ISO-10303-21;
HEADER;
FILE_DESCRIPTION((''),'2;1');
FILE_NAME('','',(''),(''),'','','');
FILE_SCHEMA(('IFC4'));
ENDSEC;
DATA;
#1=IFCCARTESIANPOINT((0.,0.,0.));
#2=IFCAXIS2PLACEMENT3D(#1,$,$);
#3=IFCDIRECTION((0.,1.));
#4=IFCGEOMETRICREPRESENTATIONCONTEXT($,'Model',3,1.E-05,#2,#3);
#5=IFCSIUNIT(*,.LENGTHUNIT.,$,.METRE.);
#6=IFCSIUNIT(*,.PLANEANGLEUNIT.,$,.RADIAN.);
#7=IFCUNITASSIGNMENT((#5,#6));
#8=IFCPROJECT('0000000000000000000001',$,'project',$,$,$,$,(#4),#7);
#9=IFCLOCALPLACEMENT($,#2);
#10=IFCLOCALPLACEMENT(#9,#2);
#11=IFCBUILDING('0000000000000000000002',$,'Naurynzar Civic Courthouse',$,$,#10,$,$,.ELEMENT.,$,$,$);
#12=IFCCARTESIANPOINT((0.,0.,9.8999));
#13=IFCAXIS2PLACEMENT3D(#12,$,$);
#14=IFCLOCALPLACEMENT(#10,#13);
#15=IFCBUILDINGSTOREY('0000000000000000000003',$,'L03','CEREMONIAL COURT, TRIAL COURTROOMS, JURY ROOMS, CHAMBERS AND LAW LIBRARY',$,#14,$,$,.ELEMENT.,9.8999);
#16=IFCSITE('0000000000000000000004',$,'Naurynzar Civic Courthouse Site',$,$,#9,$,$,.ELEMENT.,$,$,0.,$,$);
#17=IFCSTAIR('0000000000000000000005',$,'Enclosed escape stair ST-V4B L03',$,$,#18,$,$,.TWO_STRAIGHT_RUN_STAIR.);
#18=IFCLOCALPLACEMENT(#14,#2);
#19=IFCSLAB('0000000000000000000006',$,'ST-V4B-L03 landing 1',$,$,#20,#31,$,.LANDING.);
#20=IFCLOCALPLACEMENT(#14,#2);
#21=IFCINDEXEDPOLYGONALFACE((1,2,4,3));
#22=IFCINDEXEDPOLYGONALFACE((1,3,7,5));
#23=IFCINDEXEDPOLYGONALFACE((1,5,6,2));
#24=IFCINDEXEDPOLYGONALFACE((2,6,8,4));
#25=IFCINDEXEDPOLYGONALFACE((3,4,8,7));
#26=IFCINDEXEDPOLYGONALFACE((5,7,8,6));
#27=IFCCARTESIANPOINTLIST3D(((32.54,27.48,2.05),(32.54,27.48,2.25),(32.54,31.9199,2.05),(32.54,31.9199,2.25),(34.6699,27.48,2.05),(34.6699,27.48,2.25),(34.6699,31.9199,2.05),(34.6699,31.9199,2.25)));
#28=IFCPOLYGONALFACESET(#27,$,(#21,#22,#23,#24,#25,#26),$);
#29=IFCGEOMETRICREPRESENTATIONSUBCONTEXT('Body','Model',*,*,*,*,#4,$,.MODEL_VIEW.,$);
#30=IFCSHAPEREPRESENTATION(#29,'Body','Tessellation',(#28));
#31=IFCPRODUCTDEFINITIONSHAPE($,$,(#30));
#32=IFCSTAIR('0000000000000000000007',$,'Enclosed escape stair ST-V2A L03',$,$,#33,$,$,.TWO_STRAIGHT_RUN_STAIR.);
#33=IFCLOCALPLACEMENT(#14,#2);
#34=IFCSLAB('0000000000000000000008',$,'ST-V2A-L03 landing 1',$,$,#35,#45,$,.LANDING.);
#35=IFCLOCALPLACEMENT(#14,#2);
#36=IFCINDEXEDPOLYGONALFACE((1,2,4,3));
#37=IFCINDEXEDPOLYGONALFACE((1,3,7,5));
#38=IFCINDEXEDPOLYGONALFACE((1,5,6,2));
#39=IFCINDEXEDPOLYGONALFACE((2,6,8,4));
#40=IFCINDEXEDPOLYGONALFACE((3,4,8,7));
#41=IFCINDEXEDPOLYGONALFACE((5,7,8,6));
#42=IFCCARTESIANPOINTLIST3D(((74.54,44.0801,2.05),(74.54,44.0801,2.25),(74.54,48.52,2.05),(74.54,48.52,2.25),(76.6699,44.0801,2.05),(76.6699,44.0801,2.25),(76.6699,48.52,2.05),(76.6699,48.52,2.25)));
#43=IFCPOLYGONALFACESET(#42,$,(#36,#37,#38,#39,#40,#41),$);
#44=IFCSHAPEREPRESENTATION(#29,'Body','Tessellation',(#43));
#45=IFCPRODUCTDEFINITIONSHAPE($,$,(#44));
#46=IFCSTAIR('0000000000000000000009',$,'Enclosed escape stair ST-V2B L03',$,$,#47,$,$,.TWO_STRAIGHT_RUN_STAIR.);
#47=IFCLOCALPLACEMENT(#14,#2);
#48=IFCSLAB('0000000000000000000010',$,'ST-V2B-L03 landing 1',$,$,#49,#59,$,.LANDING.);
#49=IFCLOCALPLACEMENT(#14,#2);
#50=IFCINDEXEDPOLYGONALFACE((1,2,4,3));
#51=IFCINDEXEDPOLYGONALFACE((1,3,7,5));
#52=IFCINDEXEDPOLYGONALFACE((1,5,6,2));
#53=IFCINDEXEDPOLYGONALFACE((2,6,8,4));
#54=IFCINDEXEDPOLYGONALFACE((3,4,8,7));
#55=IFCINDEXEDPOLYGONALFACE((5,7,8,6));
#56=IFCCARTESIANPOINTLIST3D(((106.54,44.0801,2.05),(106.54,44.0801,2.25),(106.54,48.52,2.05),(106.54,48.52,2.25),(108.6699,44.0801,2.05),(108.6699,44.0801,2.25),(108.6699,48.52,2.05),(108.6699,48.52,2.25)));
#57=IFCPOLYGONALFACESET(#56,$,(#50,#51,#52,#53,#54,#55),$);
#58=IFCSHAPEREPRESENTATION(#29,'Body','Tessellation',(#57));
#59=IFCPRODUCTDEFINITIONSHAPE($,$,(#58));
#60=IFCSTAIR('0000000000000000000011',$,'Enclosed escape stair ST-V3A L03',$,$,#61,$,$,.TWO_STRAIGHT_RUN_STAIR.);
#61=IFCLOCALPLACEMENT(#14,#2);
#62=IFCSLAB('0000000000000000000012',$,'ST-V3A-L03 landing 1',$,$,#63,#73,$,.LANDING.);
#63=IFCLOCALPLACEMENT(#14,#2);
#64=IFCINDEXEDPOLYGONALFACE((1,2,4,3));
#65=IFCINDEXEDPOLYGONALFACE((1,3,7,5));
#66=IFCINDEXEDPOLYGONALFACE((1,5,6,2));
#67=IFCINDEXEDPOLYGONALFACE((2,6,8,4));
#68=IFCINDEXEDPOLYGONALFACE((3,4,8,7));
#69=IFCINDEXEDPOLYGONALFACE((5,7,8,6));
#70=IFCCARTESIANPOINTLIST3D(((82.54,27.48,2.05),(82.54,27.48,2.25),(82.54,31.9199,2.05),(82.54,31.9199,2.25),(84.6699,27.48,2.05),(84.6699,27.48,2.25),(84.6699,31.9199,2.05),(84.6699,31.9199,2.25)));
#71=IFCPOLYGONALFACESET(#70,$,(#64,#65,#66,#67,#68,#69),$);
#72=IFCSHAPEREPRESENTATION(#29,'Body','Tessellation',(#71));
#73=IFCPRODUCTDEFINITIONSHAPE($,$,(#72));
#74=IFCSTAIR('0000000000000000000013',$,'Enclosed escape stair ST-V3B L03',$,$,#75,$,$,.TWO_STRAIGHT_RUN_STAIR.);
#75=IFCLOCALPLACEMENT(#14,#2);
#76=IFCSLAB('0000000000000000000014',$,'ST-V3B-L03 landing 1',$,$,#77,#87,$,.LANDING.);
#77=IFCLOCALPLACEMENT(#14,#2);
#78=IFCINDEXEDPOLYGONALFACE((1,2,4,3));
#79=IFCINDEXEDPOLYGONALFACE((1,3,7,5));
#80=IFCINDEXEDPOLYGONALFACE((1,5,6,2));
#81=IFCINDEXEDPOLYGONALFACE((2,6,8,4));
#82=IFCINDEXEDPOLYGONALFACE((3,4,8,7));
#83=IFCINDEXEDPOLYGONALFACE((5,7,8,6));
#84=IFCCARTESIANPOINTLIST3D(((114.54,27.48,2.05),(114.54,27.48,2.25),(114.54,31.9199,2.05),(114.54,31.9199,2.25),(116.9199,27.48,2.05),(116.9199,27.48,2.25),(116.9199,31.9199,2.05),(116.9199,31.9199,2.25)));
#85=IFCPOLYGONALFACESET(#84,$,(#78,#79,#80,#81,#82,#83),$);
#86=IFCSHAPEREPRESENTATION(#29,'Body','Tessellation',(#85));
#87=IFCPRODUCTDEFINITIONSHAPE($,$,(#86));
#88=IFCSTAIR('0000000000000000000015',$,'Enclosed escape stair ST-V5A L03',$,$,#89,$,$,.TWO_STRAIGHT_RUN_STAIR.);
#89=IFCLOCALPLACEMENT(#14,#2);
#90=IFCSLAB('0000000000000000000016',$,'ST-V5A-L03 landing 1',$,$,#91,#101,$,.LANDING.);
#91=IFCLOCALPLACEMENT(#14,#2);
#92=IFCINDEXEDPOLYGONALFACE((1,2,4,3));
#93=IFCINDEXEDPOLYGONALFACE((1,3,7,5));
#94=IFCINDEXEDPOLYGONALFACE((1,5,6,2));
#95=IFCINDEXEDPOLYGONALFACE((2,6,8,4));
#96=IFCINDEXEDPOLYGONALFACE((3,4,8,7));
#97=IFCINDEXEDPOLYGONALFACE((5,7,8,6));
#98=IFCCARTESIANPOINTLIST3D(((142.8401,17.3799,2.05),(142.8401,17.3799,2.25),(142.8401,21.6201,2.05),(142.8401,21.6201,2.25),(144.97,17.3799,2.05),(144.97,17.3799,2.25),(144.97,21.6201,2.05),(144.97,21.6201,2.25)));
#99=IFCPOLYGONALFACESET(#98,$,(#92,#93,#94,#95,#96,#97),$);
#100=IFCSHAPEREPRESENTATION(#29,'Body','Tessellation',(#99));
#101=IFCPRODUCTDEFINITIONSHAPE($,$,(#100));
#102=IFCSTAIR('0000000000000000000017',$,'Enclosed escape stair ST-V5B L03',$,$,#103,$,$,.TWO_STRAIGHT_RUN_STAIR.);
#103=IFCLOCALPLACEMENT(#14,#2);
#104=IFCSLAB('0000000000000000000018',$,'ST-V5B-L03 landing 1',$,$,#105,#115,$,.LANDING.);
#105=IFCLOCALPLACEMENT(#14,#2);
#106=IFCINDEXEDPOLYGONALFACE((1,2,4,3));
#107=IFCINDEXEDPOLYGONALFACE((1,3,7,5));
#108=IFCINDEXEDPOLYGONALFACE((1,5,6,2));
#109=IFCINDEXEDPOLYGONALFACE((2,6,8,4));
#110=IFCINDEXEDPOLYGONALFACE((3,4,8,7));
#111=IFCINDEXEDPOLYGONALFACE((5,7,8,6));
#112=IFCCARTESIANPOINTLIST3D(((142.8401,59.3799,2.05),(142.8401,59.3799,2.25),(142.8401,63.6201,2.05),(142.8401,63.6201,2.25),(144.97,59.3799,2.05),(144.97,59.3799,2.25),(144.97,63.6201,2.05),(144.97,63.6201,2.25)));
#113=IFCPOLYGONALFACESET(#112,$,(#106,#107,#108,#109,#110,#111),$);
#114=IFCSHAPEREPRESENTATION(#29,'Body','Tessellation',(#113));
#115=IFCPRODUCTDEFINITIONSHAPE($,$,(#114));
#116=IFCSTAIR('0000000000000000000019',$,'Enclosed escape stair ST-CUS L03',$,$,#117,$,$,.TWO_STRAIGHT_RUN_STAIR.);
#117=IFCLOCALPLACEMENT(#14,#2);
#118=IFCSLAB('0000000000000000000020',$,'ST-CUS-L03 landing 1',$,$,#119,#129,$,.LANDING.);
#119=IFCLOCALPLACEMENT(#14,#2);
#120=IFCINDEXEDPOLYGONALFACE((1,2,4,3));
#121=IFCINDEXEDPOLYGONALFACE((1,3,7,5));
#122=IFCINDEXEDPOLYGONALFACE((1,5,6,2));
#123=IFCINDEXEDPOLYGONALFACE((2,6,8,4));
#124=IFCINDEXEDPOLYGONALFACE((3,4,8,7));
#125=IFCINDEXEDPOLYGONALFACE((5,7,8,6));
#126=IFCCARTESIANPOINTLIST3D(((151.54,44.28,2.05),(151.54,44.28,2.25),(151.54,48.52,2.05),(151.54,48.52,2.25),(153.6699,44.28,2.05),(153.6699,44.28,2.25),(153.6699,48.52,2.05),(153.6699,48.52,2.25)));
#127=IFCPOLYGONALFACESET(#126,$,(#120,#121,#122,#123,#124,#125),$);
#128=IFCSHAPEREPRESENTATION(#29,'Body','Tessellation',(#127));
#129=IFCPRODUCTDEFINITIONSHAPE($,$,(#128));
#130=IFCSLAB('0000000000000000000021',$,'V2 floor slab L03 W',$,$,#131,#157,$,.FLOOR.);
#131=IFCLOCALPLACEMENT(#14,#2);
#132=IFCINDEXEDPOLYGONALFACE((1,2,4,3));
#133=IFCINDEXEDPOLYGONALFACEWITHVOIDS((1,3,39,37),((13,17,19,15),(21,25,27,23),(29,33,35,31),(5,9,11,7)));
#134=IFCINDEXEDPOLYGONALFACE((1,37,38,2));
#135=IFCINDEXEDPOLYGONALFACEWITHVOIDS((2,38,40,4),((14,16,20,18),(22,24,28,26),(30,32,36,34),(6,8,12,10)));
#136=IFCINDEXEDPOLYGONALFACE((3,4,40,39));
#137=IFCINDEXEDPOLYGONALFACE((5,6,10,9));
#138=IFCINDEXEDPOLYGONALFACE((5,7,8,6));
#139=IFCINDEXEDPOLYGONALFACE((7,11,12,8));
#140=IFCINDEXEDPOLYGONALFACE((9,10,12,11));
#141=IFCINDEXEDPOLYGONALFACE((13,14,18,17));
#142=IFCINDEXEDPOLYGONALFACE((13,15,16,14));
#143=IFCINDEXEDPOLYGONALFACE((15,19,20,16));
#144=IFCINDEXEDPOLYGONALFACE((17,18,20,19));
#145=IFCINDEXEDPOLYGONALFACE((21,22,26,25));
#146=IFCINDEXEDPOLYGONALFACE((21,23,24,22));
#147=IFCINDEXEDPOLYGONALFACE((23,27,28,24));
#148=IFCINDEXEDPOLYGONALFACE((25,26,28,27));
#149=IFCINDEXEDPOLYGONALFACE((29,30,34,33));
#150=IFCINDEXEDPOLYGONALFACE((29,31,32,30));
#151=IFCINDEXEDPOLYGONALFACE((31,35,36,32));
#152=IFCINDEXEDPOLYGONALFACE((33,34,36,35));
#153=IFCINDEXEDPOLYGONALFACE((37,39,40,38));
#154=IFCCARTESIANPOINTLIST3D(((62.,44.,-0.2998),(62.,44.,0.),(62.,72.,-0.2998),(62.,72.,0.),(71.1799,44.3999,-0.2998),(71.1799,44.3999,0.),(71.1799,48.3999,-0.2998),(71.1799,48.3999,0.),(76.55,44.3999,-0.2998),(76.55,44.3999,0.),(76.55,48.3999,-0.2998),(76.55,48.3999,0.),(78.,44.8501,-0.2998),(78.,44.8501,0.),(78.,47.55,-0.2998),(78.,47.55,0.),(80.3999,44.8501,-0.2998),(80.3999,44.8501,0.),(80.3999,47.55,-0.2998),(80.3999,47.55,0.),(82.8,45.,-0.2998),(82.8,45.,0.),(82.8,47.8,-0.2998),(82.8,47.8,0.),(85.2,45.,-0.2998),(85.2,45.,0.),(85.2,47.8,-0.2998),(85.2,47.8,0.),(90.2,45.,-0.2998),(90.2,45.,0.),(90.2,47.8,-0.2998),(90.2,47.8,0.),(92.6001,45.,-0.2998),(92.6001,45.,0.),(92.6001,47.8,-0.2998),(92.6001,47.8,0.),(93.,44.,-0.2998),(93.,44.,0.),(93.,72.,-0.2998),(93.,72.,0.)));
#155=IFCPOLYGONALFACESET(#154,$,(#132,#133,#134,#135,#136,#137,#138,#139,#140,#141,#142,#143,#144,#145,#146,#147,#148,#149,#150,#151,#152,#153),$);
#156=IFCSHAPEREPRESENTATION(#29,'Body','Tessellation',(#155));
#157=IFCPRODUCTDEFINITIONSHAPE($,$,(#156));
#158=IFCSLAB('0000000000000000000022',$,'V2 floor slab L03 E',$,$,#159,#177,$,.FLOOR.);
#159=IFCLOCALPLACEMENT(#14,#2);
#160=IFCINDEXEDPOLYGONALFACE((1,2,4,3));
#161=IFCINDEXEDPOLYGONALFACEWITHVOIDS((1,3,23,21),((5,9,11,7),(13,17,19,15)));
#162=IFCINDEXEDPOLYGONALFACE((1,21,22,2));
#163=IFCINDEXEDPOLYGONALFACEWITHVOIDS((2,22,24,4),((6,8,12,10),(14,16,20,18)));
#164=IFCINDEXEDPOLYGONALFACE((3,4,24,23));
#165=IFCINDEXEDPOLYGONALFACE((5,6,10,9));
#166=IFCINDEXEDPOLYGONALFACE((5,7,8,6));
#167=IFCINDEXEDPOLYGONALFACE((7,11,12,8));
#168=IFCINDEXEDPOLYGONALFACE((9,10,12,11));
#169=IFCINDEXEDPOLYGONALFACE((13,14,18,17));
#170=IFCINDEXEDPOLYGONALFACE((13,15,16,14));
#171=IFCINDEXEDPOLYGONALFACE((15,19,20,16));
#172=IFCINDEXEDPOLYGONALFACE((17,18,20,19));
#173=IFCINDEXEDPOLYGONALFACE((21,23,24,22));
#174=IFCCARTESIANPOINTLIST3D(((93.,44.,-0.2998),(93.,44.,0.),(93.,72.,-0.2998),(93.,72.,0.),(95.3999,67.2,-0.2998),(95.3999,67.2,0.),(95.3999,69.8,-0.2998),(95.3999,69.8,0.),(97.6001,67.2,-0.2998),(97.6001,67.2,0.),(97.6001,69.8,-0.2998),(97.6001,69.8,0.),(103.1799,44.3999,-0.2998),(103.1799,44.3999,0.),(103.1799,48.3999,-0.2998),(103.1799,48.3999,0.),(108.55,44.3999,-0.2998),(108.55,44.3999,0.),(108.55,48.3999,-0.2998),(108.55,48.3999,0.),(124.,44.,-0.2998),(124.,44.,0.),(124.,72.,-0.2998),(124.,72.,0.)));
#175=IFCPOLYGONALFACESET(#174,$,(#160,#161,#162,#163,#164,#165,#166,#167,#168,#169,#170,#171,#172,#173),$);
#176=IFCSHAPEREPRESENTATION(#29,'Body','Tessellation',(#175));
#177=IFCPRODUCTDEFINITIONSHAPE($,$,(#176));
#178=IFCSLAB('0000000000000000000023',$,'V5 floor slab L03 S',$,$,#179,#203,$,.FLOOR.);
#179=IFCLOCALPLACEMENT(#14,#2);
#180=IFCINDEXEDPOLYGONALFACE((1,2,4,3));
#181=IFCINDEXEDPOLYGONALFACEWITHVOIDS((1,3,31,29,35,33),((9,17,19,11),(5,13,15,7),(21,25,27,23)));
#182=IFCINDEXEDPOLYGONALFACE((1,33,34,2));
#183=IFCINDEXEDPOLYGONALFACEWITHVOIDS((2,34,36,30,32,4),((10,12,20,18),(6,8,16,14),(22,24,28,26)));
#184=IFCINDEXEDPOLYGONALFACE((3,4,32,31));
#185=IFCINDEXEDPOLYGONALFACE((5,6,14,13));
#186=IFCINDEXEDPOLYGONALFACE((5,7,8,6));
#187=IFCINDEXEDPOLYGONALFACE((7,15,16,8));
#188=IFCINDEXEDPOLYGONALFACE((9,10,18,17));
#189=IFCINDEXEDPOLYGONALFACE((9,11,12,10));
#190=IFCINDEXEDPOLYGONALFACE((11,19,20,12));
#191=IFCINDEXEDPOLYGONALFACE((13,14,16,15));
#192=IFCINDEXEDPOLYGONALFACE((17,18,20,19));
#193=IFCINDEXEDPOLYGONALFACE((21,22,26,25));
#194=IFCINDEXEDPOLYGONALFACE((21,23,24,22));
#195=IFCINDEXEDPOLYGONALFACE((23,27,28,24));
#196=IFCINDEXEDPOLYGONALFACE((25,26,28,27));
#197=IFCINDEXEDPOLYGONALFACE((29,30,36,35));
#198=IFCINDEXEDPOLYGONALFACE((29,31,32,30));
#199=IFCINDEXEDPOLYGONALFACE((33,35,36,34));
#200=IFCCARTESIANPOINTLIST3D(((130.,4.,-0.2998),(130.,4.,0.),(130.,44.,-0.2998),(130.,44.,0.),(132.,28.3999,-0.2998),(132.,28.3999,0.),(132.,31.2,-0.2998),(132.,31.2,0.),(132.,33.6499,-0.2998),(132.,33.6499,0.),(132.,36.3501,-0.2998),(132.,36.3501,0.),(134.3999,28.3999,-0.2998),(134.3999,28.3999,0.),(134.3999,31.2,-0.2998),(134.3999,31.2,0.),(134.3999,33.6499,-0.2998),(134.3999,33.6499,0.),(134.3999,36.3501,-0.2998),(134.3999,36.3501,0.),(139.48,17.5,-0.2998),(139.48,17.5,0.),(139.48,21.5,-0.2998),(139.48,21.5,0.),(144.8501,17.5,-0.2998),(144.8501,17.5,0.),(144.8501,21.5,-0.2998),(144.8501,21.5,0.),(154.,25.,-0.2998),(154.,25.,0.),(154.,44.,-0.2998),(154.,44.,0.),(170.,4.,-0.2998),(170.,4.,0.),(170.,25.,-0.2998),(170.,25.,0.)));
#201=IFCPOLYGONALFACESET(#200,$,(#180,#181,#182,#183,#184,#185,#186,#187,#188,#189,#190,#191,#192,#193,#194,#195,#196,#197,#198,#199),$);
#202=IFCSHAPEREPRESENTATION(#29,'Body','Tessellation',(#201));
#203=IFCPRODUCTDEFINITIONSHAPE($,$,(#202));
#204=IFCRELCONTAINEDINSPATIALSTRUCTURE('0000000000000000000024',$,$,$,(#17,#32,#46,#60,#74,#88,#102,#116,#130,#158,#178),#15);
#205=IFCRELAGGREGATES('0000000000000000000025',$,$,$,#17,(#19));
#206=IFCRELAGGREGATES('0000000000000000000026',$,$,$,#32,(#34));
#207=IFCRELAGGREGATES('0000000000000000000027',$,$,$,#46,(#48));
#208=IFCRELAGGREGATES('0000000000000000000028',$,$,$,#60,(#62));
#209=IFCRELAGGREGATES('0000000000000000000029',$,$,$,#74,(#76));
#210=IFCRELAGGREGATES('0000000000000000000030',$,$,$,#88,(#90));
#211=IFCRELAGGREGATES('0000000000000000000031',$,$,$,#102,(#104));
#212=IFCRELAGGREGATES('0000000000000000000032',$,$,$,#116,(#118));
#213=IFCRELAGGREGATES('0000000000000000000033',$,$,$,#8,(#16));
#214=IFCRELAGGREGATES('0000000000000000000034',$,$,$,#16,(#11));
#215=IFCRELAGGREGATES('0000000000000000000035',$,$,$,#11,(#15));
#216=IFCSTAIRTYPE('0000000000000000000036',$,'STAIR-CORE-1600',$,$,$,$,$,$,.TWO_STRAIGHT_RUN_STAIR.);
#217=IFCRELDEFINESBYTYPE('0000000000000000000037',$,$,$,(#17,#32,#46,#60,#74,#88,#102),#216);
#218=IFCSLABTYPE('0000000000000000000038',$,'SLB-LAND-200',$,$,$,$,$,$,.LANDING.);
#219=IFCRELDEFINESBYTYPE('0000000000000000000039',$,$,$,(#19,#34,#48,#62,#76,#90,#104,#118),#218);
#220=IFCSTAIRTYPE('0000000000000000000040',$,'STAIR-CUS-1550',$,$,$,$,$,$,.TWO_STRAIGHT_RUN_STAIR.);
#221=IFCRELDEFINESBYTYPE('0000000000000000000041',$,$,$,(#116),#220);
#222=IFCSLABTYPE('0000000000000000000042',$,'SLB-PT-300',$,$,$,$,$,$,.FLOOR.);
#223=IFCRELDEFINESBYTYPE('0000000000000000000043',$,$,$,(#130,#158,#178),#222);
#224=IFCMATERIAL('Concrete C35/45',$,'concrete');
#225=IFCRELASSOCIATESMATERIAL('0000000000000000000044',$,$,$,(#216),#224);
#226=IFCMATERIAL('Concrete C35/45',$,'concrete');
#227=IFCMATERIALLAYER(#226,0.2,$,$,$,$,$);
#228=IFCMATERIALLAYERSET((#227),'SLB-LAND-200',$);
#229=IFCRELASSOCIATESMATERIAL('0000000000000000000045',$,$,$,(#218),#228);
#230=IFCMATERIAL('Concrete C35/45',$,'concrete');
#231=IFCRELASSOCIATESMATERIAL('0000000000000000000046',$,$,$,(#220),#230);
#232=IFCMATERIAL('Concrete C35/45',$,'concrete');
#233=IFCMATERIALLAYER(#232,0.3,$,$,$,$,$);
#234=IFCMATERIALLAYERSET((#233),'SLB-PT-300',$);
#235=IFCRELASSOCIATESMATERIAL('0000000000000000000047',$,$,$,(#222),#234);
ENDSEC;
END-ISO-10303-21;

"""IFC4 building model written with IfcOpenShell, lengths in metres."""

from ifc_helpers import new_model, si_unit, direction, frame, origin, place, context, subcontext, project, spatial, polyline, outline, extrude, material, layer, layer_set, type_object, element, aggregate, save


model = new_model("IFC4")

# Units and contexts
model_context = context("Model", 3, precision=1e-05, world=origin(), true_north=direction((0.0, 1.0)))
body_context = subcontext(model_context, "Body", "Model", "MODEL_VIEW")
ifc_project = project(units=[si_unit("LENGTHUNIT", "METRE"), si_unit("PLANEANGLEUNIT", "RADIAN")], contexts=[model_context])

# Site, building, storey
site_placement = place(None, origin())
site = spatial("IfcSite", under=ifc_project, at=site_placement, Name="Naurynzar Civic Courthouse Site", CompositionType="ELEMENT", RefElevation=0.0)
building_placement = place(site_placement, origin())
building = spatial("IfcBuilding", under=site, at=building_placement, Name="Naurynzar Civic Courthouse", CompositionType="ELEMENT")
storey_placement = place(building_placement, frame((0.0, 0.0, 9.8999)))
storey = spatial("IfcBuildingStorey", under=building, at=storey_placement, Name="L03", Description="CEREMONIAL COURT, TRIAL COURTROOMS, JURY ROOMS, CHAMBERS AND LAW LIBRARY", CompositionType="ELEMENT", Elevation=9.8999)

# Stairs, slabs
ifc_material_1 = material(Name="Concrete C35/45", Category="concrete")
stair_type_1 = type_object("IfcStairType", Name="STAIR-CORE-1600", PredefinedType="TWO_STRAIGHT_RUN_STAIR", material=ifc_material_1)
ifc_material_2 = material(Name="Concrete C35/45", Category="concrete")
ifc_layer_1 = layer(ifc_material_2, 0.2)
ifc_layer_set_1 = layer_set([ifc_layer_1], Name="SLB-LAND-200")
slab_type_1 = type_object("IfcSlabType", Name="SLB-LAND-200", PredefinedType="LANDING", material=ifc_layer_set_1)
stair_1_placement = place(storey_placement, origin())
stair_1 = element("IfcStair", 1, at=stair_1_placement, inside=storey, type_object=stair_type_1, Name="Enclosed escape stair ST-V4B L03", PredefinedType="TWO_STRAIGHT_RUN_STAIR")
slab_1_placement = place(storey_placement, frame((0.0, 0.0, 2.05)))
slab_1 = element("IfcSlab", 2, at=slab_1_placement, type_object=slab_type_1, Name="ST-V4B-L03 landing 1", PredefinedType="LANDING", context=body_context, shape_type="SweptSolid", body=[
    extrude(outline(polyline([(32.54, 27.48), (34.6699, 27.48), (34.6699, 31.9199), (32.54, 31.9199), (32.54, 27.48)])), origin(), (0.0, 0.0, 1.0), 0.2),
])
aggregate(stair_1, [slab_1])
stair_2_placement = place(storey_placement, origin())
stair_2 = element("IfcStair", 3, at=stair_2_placement, inside=storey, type_object=stair_type_1, Name="Enclosed escape stair ST-V2A L03", PredefinedType="TWO_STRAIGHT_RUN_STAIR")
slab_2_placement = place(storey_placement, frame((0.0, 0.0, 2.05)))
slab_2 = element("IfcSlab", 4, at=slab_2_placement, type_object=slab_type_1, Name="ST-V2A-L03 landing 1", PredefinedType="LANDING", context=body_context, shape_type="SweptSolid", body=[
    extrude(outline(polyline([(74.54, 44.0801), (76.6699, 44.0801), (76.6699, 48.52), (74.54, 48.52), (74.54, 44.0801)])), origin(), (0.0, 0.0, 1.0), 0.2),
])
aggregate(stair_2, [slab_2])
stair_3_placement = place(storey_placement, origin())
stair_3 = element("IfcStair", 5, at=stair_3_placement, inside=storey, type_object=stair_type_1, Name="Enclosed escape stair ST-V2B L03", PredefinedType="TWO_STRAIGHT_RUN_STAIR")
slab_3_placement = place(storey_placement, frame((0.0, 0.0, 2.05)))
slab_3 = element("IfcSlab", 6, at=slab_3_placement, type_object=slab_type_1, Name="ST-V2B-L03 landing 1", PredefinedType="LANDING", context=body_context, shape_type="SweptSolid", body=[
    extrude(outline(polyline([(106.54, 44.0801), (108.6699, 44.0801), (108.6699, 48.52), (106.54, 48.52), (106.54, 44.0801)])), origin(), (0.0, 0.0, 1.0), 0.2),
])
aggregate(stair_3, [slab_3])
stair_4_placement = place(storey_placement, origin())
stair_4 = element("IfcStair", 7, at=stair_4_placement, inside=storey, type_object=stair_type_1, Name="Enclosed escape stair ST-V3A L03", PredefinedType="TWO_STRAIGHT_RUN_STAIR")
slab_4_placement = place(storey_placement, frame((0.0, 0.0, 2.05)))
slab_4 = element("IfcSlab", 8, at=slab_4_placement, type_object=slab_type_1, Name="ST-V3A-L03 landing 1", PredefinedType="LANDING", context=body_context, shape_type="SweptSolid", body=[
    extrude(outline(polyline([(82.54, 27.48), (84.6699, 27.48), (84.6699, 31.9199), (82.54, 31.9199), (82.54, 27.48)])), origin(), (0.0, 0.0, 1.0), 0.2),
])
aggregate(stair_4, [slab_4])
stair_5_placement = place(storey_placement, origin())
stair_5 = element("IfcStair", 9, at=stair_5_placement, inside=storey, type_object=stair_type_1, Name="Enclosed escape stair ST-V3B L03", PredefinedType="TWO_STRAIGHT_RUN_STAIR")
slab_5_placement = place(storey_placement, frame((0.0, 0.0, 2.05)))
slab_5 = element("IfcSlab", 10, at=slab_5_placement, type_object=slab_type_1, Name="ST-V3B-L03 landing 1", PredefinedType="LANDING", context=body_context, shape_type="SweptSolid", body=[
    extrude(outline(polyline([(114.54, 27.48), (116.9199, 27.48), (116.9199, 31.9199), (114.54, 31.9199), (114.54, 27.48)])), origin(), (0.0, 0.0, 1.0), 0.2),
])
aggregate(stair_5, [slab_5])
stair_6_placement = place(storey_placement, origin())
stair_6 = element("IfcStair", 11, at=stair_6_placement, inside=storey, type_object=stair_type_1, Name="Enclosed escape stair ST-V5A L03", PredefinedType="TWO_STRAIGHT_RUN_STAIR")
slab_6_placement = place(storey_placement, frame((0.0, 0.0, 2.05)))
slab_6 = element("IfcSlab", 12, at=slab_6_placement, type_object=slab_type_1, Name="ST-V5A-L03 landing 1", PredefinedType="LANDING", context=body_context, shape_type="SweptSolid", body=[
    extrude(outline(polyline([(142.8401, 17.3799), (144.97, 17.3799), (144.97, 21.6201), (142.8401, 21.6201), (142.8401, 17.3799)])), origin(), (0.0, 0.0, 1.0), 0.2),
])
aggregate(stair_6, [slab_6])
stair_7_placement = place(storey_placement, origin())
stair_7 = element("IfcStair", 13, at=stair_7_placement, inside=storey, type_object=stair_type_1, Name="Enclosed escape stair ST-V5B L03", PredefinedType="TWO_STRAIGHT_RUN_STAIR")
slab_7_placement = place(storey_placement, frame((0.0, 0.0, 2.05)))
slab_7 = element("IfcSlab", 14, at=slab_7_placement, type_object=slab_type_1, Name="ST-V5B-L03 landing 1", PredefinedType="LANDING", context=body_context, shape_type="SweptSolid", body=[
    extrude(outline(polyline([(142.8401, 59.3799), (144.97, 59.3799), (144.97, 63.6201), (142.8401, 63.6201), (142.8401, 59.3799)])), origin(), (0.0, 0.0, 1.0), 0.2),
])
aggregate(stair_7, [slab_7])
ifc_material_3 = material(Name="Concrete C35/45", Category="concrete")
stair_type_2 = type_object("IfcStairType", Name="STAIR-CUS-1550", PredefinedType="TWO_STRAIGHT_RUN_STAIR", material=ifc_material_3)
stair_8_placement = place(storey_placement, origin())
stair_8 = element("IfcStair", 15, at=stair_8_placement, inside=storey, type_object=stair_type_2, Name="Enclosed escape stair ST-CUS L03", PredefinedType="TWO_STRAIGHT_RUN_STAIR")
slab_8_placement = place(storey_placement, frame((0.0, 0.0, 2.05)))
slab_8 = element("IfcSlab", 16, at=slab_8_placement, type_object=slab_type_1, Name="ST-CUS-L03 landing 1", PredefinedType="LANDING", context=body_context, shape_type="SweptSolid", body=[
    extrude(outline(polyline([(151.54, 44.28), (153.6699, 44.28), (153.6699, 48.52), (151.54, 48.52), (151.54, 44.28)])), origin(), (0.0, 0.0, 1.0), 0.2),
])
aggregate(stair_8, [slab_8])

# Slabs
ifc_material_4 = material(Name="Concrete C35/45", Category="concrete")
ifc_layer_2 = layer(ifc_material_4, 0.3)
ifc_layer_set_2 = layer_set([ifc_layer_2], Name="SLB-PT-300")
slab_type_2 = type_object("IfcSlabType", Name="SLB-PT-300", PredefinedType="FLOOR", material=ifc_layer_set_2)
slab_9_placement = place(storey_placement, frame((0.0, 0.0, -0.2998)))
element("IfcSlab", 17, at=slab_9_placement, inside=storey, type_object=slab_type_2, Name="V2 floor slab L03 W", PredefinedType="FLOOR", context=body_context, shape_type="SweptSolid", body=[
    extrude(outline(polyline([(93.0, 44.0), (93.0, 72.0), (62.0, 72.0), (62.0, 44.0), (93.0, 44.0)]), holes=[polyline([(71.1799, 44.3999), (76.55, 44.3999), (76.55, 48.3999), (71.1799, 48.3999), (71.1799, 44.3999)]), polyline([(78.0, 44.8501), (80.3999, 44.8501), (80.3999, 47.55), (78.0, 47.55), (78.0, 44.8501)]), polyline([(82.8, 45.0), (85.2, 45.0), (85.2, 47.8), (82.8, 47.8), (82.8, 45.0)]), polyline([(90.2, 45.0), (92.6001, 45.0), (92.6001, 47.8), (90.2, 47.8), (90.2, 45.0)])]), origin(), (0.0, 0.0, 1.0), 0.2998),
])
slab_10_placement = place(storey_placement, frame((0.0, 0.0, -0.2998)))
element("IfcSlab", 18, at=slab_10_placement, inside=storey, type_object=slab_type_2, Name="V2 floor slab L03 E", PredefinedType="FLOOR", context=body_context, shape_type="SweptSolid", body=[
    extrude(outline(polyline([(124.0, 44.0), (124.0, 72.0), (93.0, 72.0), (93.0, 44.0), (124.0, 44.0)]), holes=[polyline([(103.1799, 44.3999), (108.55, 44.3999), (108.55, 48.3999), (103.1799, 48.3999), (103.1799, 44.3999)]), polyline([(95.3999, 67.2), (97.6001, 67.2), (97.6001, 69.8), (95.3999, 69.8), (95.3999, 67.2)])]), origin(), (0.0, 0.0, 1.0), 0.2998),
])
slab_11_placement = place(storey_placement, frame((0.0, 0.0, -0.2998)))
element("IfcSlab", 19, at=slab_11_placement, inside=storey, type_object=slab_type_2, Name="V5 floor slab L03 S", PredefinedType="FLOOR", context=body_context, shape_type="SweptSolid", body=[
    extrude(outline(polyline([(170.0, 4.0), (130.0, 4.0), (130.0, 44.0), (154.0, 44.0), (154.0, 25.0), (170.0, 25.0), (170.0, 4.0)]), holes=[polyline([(139.48, 17.5), (144.8501, 17.5), (144.8501, 21.5), (139.48, 21.5), (139.48, 17.5)]), polyline([(132.0, 33.6499), (134.3999, 33.6499), (134.3999, 36.3501), (132.0, 36.3501), (132.0, 33.6499)]), polyline([(132.0, 28.3999), (134.3999, 28.3999), (134.3999, 31.2), (132.0, 31.2), (132.0, 28.3999)])]), origin(), (0.0, 0.0, 1.0), 0.2998),
])

save(model, "model.ifc")
